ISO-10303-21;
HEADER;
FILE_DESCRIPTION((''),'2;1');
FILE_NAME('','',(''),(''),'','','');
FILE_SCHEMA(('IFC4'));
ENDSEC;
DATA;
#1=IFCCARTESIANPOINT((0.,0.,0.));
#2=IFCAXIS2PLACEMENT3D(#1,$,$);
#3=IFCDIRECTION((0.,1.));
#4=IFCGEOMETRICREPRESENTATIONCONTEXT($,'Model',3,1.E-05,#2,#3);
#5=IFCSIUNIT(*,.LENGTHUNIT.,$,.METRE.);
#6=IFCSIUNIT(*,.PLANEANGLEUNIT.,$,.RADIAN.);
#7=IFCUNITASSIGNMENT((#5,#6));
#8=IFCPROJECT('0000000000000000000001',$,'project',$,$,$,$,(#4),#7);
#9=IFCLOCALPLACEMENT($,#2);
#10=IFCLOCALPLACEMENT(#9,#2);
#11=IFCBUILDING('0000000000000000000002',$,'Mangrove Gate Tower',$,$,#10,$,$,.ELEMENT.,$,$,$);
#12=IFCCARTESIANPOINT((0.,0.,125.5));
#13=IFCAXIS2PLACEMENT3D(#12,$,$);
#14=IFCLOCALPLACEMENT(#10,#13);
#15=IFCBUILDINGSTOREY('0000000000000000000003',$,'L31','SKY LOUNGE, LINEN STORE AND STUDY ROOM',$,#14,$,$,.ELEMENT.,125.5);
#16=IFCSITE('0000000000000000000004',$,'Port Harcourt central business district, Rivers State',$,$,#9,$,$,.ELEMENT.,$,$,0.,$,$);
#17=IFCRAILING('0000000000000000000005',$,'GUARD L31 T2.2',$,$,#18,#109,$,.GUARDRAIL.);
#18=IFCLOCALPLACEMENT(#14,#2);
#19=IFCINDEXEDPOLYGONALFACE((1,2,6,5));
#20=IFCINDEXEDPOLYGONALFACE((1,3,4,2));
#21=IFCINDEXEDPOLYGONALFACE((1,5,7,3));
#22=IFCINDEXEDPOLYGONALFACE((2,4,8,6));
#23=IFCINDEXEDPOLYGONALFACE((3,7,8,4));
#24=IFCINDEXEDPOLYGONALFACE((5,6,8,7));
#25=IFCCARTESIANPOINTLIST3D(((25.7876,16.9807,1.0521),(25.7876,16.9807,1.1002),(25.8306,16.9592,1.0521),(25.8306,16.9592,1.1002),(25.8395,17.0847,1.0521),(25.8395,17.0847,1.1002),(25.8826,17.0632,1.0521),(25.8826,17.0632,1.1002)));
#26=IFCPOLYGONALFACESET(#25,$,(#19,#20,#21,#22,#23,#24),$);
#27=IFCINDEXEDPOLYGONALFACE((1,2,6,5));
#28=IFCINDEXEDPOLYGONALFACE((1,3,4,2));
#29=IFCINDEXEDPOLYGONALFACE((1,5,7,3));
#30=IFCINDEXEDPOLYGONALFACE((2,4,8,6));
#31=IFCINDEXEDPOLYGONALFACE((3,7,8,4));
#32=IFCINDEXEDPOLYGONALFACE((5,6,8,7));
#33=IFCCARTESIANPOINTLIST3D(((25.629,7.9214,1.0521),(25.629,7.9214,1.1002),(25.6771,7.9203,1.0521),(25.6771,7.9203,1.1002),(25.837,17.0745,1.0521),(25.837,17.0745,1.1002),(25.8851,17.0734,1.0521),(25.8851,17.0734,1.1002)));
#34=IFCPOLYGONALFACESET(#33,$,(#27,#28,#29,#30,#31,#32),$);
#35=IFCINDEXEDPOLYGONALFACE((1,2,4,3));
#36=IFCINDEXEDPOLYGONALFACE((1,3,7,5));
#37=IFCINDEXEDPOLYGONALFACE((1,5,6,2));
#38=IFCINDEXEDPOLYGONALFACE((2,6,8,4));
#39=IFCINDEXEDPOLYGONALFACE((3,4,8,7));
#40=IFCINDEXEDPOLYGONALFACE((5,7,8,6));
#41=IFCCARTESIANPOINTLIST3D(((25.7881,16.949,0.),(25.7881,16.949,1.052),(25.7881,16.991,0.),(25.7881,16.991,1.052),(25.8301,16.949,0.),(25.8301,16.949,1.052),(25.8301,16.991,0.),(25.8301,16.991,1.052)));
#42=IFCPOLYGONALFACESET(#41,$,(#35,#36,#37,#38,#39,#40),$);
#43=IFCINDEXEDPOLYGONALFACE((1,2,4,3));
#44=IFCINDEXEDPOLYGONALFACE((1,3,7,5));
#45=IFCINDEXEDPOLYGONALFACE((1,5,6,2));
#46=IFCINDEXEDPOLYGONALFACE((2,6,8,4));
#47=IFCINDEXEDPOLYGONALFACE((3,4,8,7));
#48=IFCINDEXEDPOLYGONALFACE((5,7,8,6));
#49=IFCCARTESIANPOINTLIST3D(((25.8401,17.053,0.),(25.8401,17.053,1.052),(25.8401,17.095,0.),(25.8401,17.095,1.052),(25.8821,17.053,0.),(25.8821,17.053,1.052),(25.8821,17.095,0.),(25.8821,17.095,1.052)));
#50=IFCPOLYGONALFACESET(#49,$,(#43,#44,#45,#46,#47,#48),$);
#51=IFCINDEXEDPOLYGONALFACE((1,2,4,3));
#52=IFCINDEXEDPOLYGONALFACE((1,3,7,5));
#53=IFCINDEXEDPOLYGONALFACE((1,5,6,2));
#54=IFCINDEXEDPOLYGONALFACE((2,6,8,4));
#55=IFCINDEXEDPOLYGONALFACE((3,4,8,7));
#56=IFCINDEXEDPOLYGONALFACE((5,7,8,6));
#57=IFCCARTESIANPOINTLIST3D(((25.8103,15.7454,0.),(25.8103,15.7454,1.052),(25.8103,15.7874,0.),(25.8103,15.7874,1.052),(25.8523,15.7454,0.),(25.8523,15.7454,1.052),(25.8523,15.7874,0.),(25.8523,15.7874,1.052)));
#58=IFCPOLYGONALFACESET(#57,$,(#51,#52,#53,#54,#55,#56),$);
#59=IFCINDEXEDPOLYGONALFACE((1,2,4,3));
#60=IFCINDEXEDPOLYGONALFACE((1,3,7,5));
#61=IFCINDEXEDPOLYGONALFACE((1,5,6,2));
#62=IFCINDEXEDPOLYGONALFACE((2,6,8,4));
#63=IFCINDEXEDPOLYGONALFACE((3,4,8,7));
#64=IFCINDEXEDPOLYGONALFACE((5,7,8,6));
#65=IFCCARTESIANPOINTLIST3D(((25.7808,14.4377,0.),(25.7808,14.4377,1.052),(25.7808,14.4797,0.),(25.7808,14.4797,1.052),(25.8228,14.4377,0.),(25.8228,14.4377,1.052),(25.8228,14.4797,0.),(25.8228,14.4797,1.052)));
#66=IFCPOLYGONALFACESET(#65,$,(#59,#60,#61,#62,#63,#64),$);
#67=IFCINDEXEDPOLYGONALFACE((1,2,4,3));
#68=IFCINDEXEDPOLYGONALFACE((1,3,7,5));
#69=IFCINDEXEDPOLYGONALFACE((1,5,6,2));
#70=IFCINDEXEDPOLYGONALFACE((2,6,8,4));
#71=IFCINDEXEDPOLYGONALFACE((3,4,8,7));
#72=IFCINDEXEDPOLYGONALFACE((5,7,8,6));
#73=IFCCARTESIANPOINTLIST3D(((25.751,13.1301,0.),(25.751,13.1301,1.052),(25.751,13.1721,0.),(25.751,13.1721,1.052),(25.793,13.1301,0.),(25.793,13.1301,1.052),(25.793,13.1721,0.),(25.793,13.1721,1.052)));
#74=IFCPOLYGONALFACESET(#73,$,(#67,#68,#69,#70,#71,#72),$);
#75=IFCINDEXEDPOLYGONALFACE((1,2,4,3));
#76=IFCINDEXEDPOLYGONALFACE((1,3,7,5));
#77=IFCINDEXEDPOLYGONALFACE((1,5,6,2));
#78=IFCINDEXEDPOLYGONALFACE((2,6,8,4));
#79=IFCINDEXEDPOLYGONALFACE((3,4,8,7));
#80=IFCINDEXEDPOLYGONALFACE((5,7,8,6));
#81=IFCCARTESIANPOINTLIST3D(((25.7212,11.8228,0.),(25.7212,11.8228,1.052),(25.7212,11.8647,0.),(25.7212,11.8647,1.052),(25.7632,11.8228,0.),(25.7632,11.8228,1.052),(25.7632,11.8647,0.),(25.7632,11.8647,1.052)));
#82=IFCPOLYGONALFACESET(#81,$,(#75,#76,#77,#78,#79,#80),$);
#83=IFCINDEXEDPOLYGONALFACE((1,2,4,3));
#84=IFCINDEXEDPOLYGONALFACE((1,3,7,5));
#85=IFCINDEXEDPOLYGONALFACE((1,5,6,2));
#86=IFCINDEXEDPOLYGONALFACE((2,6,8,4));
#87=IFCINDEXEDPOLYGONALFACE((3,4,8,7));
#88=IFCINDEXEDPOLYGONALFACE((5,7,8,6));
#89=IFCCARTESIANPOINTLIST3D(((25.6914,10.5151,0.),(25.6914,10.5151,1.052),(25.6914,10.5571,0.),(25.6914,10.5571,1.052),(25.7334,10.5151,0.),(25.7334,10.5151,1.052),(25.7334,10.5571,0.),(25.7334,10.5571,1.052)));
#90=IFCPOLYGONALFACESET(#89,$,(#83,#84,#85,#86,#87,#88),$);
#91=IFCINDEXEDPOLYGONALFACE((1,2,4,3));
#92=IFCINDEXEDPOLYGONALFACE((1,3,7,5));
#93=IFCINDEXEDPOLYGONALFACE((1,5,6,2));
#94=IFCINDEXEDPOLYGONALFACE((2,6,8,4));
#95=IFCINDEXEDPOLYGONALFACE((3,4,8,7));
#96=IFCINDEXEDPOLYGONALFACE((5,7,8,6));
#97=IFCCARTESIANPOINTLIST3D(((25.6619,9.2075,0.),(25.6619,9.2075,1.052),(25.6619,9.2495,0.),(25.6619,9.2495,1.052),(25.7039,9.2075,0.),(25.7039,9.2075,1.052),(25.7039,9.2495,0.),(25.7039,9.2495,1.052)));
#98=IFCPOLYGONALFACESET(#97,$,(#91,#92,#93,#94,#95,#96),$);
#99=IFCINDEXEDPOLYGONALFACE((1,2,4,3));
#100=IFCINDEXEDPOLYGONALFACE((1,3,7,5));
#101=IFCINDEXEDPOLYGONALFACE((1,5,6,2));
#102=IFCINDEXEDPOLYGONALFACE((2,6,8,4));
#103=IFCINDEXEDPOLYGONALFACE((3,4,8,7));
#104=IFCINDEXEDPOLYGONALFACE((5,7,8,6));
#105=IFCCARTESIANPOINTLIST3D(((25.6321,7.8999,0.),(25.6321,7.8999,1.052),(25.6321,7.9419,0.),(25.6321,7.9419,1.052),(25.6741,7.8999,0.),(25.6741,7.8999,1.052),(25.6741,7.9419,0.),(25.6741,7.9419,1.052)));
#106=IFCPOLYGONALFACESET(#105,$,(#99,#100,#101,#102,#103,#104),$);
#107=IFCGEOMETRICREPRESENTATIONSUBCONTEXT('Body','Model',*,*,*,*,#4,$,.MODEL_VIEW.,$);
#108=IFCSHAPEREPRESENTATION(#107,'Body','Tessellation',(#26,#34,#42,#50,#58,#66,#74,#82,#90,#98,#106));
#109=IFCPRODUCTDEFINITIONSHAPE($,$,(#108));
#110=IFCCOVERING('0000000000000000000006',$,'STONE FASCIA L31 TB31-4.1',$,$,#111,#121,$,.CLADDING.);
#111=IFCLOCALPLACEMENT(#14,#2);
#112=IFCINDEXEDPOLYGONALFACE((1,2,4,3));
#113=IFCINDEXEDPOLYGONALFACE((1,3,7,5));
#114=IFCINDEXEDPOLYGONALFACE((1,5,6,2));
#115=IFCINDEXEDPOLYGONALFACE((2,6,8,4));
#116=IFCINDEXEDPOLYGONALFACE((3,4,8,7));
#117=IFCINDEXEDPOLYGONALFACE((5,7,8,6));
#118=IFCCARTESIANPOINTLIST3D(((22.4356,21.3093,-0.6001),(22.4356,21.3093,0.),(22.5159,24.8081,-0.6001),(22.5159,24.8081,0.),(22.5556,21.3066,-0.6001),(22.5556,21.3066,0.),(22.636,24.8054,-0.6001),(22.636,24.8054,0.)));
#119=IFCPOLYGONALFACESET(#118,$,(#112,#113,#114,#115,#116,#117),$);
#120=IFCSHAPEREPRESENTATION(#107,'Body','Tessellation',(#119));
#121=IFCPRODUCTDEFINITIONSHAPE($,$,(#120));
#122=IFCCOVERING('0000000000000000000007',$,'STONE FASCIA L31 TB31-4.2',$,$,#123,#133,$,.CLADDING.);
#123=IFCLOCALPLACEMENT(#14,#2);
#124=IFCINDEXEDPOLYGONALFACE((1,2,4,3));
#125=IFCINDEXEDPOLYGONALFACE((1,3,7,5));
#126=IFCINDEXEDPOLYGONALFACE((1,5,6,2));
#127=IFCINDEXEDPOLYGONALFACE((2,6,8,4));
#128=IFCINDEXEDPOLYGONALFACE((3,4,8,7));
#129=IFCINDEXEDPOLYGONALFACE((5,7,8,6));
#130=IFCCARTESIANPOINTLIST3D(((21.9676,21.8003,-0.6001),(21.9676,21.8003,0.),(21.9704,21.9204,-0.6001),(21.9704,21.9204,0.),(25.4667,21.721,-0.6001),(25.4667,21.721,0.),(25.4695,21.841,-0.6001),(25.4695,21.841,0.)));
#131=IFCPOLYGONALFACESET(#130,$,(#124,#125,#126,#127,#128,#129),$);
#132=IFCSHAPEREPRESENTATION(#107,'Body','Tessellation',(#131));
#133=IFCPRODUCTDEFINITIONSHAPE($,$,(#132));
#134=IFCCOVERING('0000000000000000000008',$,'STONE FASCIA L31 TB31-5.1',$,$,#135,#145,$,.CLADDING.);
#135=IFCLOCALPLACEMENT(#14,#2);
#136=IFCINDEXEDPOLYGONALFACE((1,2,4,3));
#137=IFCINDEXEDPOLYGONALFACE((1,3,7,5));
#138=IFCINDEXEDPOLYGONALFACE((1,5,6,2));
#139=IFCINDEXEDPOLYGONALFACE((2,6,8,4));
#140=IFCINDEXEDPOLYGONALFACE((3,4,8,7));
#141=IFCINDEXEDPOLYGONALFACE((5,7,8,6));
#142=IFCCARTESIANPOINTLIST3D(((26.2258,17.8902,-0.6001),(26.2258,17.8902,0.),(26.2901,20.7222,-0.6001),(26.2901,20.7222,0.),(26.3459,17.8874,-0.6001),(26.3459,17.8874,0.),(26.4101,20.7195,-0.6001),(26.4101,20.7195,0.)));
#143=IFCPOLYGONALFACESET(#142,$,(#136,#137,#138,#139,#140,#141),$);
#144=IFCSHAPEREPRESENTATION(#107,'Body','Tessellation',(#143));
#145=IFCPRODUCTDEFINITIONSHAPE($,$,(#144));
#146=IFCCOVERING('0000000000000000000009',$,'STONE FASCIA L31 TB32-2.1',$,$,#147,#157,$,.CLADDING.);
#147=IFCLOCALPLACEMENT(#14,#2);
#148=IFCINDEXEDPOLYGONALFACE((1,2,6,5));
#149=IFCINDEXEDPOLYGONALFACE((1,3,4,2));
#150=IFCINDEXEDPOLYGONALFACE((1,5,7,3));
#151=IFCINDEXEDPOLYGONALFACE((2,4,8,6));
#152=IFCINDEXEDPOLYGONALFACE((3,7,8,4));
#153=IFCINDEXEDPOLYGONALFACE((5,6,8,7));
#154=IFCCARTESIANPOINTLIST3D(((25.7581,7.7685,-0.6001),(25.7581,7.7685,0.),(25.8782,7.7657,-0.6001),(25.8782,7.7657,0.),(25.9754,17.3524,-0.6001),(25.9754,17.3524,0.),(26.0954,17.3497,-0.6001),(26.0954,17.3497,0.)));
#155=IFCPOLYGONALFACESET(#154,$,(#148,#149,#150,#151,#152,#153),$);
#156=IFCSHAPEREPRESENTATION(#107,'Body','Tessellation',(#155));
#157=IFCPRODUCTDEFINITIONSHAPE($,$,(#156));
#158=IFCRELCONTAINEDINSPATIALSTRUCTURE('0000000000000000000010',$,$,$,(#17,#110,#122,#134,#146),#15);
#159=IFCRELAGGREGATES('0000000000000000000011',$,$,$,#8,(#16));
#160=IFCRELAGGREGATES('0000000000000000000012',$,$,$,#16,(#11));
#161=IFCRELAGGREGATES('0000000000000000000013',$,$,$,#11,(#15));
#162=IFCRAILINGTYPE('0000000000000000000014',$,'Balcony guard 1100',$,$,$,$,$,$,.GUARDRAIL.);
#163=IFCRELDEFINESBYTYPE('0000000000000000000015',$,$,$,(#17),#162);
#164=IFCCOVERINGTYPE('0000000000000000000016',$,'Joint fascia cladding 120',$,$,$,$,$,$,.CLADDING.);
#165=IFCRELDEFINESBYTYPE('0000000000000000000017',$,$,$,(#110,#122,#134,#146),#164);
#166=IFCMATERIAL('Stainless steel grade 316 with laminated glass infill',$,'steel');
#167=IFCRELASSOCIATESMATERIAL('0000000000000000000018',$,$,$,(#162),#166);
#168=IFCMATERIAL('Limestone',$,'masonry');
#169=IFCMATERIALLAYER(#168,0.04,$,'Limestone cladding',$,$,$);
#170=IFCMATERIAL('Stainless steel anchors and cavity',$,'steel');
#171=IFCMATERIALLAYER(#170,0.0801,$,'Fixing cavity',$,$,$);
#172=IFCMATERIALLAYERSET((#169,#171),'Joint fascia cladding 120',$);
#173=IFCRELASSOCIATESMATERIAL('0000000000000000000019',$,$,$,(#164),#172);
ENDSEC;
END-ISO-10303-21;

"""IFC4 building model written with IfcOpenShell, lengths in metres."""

from ifc_helpers import new_model, si_unit, direction, frame, frame_2d, origin, origin_2d, place, context, subcontext, project, spatial, rectangle, extrude, material, layer, layer_set, type_object, element, save


model = new_model("IFC4")

# Units and contexts
model_context = context("Model", 3, precision=1e-05, world=origin(), true_north=direction((0.0, 1.0)))
body_context = subcontext(model_context, "Body", "Model", "MODEL_VIEW")
ifc_project = project(units=[si_unit("LENGTHUNIT", "METRE"), si_unit("PLANEANGLEUNIT", "RADIAN")], contexts=[model_context])

# Site, building, storey
site_placement = place(None, origin())
site = spatial("IfcSite", under=ifc_project, at=site_placement, Name="Port Harcourt central business district, Rivers State", CompositionType="ELEMENT", RefElevation=0.0)
building_placement = place(site_placement, origin())
building = spatial("IfcBuilding", under=site, at=building_placement, Name="Mangrove Gate Tower", CompositionType="ELEMENT")
storey_placement = place(building_placement, frame((0.0, 0.0, 125.5)))
storey = spatial("IfcBuildingStorey", under=building, at=storey_placement, Name="L31", Description="SKY LOUNGE, LINEN STORE AND STUDY ROOM", CompositionType="ELEMENT", Elevation=125.5)

# Shared definitions
ifc_material_1 = material(Name="Limestone", Category="masonry")

# Railing
ifc_material_2 = material(Name="Stainless steel grade 316 with laminated glass infill", Category="steel")
railing_type = type_object("IfcRailingType", Name="Balcony guard 1100", PredefinedType="GUARDRAIL", material=ifc_material_2)
railing_1_placement = place(storey_placement, frame((25.8091, 16.97, 0.0)))
element("IfcRailing", 1, at=railing_1_placement, inside=storey, type_object=railing_type, Name="GUARD L31 T2.2", PredefinedType="GUARDRAIL", context=body_context, shape_type="SweptSolid", body=[
    extrude(rectangle(XDim=0.0481, YDim=0.0481, at=origin_2d()), frame((0.0, 0.0, 1.0762), z_axis=(0.447214, 0.894427, 0.0), x_axis=(-0.894427, 0.447214, 0.0)), (0.0, 0.0, 1.0), 0.1162),
    extrude(rectangle(XDim=0.0481, YDim=0.0481, at=origin_2d()), frame((0.052, 0.104, 1.0762), z_axis=(-0.02272, -0.999742, 0.0), x_axis=(0.999742, -0.02272, 0.0)), (0.0, 0.0, 1.0), 9.1555),
    extrude(rectangle(XDim=0.042, YDim=0.042, at=origin_2d()), origin(), (0.0, 0.0, 1.0), 1.052),
    extrude(rectangle(XDim=0.042, YDim=0.042, at=origin_2d()), frame((0.052, 0.104, 0.0)), (0.0, 0.0, 1.0), 1.052),
    extrude(rectangle(XDim=0.042, YDim=0.042, at=origin_2d()), frame((0.0222, -1.2036, 0.0)), (0.0, 0.0, 1.0), 1.052),
    extrude(rectangle(XDim=0.042, YDim=0.042, at=origin_2d()), frame((-0.0073, -2.5112, 0.0)), (0.0, 0.0, 1.0), 1.052),
    extrude(rectangle(XDim=0.042, YDim=0.042, at=origin_2d()), frame((-0.0371, -3.8188, 0.0)), (0.0, 0.0, 1.0), 1.052),
    extrude(rectangle(XDim=0.042, YDim=0.042, at=origin_2d()), frame((-0.0669, -5.1262, 0.0)), (0.0, 0.0, 1.0), 1.052),
    extrude(rectangle(XDim=0.042, YDim=0.042, at=origin_2d()), frame((-0.0967, -6.4338, 0.0)), (0.0, 0.0, 1.0), 1.052),
    extrude(rectangle(XDim=0.042, YDim=0.042, at=origin_2d()), frame((-0.1262, -7.7415, 0.0)), (0.0, 0.0, 1.0), 1.052),
    extrude(rectangle(XDim=0.042, YDim=0.042, at=origin_2d()), frame((-0.156, -9.0491, 0.0)), (0.0, 0.0, 1.0), 1.052),
])

# Coverings
ifc_layer_1 = layer(ifc_material_1, 0.04, Name="Limestone cladding")
ifc_material_3 = material(Name="Stainless steel anchors and cavity", Category="steel")
ifc_layer_2 = layer(ifc_material_3, 0.0801, Name="Fixing cavity")
ifc_layer_set_1 = layer_set([ifc_layer_1, ifc_layer_2], Name="Joint fascia cladding 120")
covering_type = type_object("IfcCoveringType", Name="Joint fascia cladding 120", PredefinedType="CLADDING", material=ifc_layer_set_1)
covering_1_placement = place(storey_placement, frame((22.5759, 24.8069, -0.6001), z_axis=(0.0, 0.0, 1.0), x_axis=(-0.022951, -0.999737, 0.0)))
element("IfcCovering", 2, at=covering_1_placement, inside=storey, type_object=covering_type, Name="STONE FASCIA L31 TB31-4.1", PredefinedType="CLADDING", context=body_context, shape_type="SweptSolid", body=[
    extrude(rectangle(XDim=3.4998, YDim=0.1201, at=frame_2d((1.75, 0.0))), origin(), (0.0, 0.0, 1.0), 0.6001),
])
covering_2_placement = place(storey_placement, frame((21.969, 21.8604, -0.6001), z_axis=(0.0, 0.0, 1.0), x_axis=(0.999743, -0.022671, 0.0)))
element("IfcCovering", 3, at=covering_2_placement, inside=storey, type_object=covering_type, Name="STONE FASCIA L31 TB31-4.2", PredefinedType="CLADDING", context=body_context, shape_type="SweptSolid", body=[
    extrude(rectangle(XDim=3.5, YDim=0.1201, at=frame_2d((1.75, 0.0))), origin(), (0.0, 0.0, 1.0), 0.6001),
])
covering_3_placement = place(storey_placement, frame((26.3501, 20.7209, -0.6001), z_axis=(0.0, 0.0, 1.0), x_axis=(-0.022667, -0.999743, 0.0)))
element("IfcCovering", 4, at=covering_3_placement, inside=storey, type_object=covering_type, Name="STONE FASCIA L31 TB31-5.1", PredefinedType="CLADDING", context=body_context, shape_type="SweptSolid", body=[
    extrude(rectangle(XDim=2.8328, YDim=0.1201, at=frame_2d((1.4165, 0.0))), origin(), (0.0, 0.0, 1.0), 0.6001),
])
covering_4_placement = place(storey_placement, frame((26.0354, 17.3511, -0.6001), z_axis=(0.0, 0.0, 1.0), x_axis=(-0.022666, -0.999743, 0.0)))
element("IfcCovering", 5, at=covering_4_placement, inside=storey, type_object=covering_type, Name="STONE FASCIA L31 TB32-2.1", PredefinedType="CLADDING", context=body_context, shape_type="SweptSolid", body=[
    extrude(rectangle(XDim=9.5864, YDim=0.1201, at=frame_2d((4.7932, 0.0))), origin(), (0.0, 0.0, 1.0), 0.6001),
])

save(model, "model.ifc")
